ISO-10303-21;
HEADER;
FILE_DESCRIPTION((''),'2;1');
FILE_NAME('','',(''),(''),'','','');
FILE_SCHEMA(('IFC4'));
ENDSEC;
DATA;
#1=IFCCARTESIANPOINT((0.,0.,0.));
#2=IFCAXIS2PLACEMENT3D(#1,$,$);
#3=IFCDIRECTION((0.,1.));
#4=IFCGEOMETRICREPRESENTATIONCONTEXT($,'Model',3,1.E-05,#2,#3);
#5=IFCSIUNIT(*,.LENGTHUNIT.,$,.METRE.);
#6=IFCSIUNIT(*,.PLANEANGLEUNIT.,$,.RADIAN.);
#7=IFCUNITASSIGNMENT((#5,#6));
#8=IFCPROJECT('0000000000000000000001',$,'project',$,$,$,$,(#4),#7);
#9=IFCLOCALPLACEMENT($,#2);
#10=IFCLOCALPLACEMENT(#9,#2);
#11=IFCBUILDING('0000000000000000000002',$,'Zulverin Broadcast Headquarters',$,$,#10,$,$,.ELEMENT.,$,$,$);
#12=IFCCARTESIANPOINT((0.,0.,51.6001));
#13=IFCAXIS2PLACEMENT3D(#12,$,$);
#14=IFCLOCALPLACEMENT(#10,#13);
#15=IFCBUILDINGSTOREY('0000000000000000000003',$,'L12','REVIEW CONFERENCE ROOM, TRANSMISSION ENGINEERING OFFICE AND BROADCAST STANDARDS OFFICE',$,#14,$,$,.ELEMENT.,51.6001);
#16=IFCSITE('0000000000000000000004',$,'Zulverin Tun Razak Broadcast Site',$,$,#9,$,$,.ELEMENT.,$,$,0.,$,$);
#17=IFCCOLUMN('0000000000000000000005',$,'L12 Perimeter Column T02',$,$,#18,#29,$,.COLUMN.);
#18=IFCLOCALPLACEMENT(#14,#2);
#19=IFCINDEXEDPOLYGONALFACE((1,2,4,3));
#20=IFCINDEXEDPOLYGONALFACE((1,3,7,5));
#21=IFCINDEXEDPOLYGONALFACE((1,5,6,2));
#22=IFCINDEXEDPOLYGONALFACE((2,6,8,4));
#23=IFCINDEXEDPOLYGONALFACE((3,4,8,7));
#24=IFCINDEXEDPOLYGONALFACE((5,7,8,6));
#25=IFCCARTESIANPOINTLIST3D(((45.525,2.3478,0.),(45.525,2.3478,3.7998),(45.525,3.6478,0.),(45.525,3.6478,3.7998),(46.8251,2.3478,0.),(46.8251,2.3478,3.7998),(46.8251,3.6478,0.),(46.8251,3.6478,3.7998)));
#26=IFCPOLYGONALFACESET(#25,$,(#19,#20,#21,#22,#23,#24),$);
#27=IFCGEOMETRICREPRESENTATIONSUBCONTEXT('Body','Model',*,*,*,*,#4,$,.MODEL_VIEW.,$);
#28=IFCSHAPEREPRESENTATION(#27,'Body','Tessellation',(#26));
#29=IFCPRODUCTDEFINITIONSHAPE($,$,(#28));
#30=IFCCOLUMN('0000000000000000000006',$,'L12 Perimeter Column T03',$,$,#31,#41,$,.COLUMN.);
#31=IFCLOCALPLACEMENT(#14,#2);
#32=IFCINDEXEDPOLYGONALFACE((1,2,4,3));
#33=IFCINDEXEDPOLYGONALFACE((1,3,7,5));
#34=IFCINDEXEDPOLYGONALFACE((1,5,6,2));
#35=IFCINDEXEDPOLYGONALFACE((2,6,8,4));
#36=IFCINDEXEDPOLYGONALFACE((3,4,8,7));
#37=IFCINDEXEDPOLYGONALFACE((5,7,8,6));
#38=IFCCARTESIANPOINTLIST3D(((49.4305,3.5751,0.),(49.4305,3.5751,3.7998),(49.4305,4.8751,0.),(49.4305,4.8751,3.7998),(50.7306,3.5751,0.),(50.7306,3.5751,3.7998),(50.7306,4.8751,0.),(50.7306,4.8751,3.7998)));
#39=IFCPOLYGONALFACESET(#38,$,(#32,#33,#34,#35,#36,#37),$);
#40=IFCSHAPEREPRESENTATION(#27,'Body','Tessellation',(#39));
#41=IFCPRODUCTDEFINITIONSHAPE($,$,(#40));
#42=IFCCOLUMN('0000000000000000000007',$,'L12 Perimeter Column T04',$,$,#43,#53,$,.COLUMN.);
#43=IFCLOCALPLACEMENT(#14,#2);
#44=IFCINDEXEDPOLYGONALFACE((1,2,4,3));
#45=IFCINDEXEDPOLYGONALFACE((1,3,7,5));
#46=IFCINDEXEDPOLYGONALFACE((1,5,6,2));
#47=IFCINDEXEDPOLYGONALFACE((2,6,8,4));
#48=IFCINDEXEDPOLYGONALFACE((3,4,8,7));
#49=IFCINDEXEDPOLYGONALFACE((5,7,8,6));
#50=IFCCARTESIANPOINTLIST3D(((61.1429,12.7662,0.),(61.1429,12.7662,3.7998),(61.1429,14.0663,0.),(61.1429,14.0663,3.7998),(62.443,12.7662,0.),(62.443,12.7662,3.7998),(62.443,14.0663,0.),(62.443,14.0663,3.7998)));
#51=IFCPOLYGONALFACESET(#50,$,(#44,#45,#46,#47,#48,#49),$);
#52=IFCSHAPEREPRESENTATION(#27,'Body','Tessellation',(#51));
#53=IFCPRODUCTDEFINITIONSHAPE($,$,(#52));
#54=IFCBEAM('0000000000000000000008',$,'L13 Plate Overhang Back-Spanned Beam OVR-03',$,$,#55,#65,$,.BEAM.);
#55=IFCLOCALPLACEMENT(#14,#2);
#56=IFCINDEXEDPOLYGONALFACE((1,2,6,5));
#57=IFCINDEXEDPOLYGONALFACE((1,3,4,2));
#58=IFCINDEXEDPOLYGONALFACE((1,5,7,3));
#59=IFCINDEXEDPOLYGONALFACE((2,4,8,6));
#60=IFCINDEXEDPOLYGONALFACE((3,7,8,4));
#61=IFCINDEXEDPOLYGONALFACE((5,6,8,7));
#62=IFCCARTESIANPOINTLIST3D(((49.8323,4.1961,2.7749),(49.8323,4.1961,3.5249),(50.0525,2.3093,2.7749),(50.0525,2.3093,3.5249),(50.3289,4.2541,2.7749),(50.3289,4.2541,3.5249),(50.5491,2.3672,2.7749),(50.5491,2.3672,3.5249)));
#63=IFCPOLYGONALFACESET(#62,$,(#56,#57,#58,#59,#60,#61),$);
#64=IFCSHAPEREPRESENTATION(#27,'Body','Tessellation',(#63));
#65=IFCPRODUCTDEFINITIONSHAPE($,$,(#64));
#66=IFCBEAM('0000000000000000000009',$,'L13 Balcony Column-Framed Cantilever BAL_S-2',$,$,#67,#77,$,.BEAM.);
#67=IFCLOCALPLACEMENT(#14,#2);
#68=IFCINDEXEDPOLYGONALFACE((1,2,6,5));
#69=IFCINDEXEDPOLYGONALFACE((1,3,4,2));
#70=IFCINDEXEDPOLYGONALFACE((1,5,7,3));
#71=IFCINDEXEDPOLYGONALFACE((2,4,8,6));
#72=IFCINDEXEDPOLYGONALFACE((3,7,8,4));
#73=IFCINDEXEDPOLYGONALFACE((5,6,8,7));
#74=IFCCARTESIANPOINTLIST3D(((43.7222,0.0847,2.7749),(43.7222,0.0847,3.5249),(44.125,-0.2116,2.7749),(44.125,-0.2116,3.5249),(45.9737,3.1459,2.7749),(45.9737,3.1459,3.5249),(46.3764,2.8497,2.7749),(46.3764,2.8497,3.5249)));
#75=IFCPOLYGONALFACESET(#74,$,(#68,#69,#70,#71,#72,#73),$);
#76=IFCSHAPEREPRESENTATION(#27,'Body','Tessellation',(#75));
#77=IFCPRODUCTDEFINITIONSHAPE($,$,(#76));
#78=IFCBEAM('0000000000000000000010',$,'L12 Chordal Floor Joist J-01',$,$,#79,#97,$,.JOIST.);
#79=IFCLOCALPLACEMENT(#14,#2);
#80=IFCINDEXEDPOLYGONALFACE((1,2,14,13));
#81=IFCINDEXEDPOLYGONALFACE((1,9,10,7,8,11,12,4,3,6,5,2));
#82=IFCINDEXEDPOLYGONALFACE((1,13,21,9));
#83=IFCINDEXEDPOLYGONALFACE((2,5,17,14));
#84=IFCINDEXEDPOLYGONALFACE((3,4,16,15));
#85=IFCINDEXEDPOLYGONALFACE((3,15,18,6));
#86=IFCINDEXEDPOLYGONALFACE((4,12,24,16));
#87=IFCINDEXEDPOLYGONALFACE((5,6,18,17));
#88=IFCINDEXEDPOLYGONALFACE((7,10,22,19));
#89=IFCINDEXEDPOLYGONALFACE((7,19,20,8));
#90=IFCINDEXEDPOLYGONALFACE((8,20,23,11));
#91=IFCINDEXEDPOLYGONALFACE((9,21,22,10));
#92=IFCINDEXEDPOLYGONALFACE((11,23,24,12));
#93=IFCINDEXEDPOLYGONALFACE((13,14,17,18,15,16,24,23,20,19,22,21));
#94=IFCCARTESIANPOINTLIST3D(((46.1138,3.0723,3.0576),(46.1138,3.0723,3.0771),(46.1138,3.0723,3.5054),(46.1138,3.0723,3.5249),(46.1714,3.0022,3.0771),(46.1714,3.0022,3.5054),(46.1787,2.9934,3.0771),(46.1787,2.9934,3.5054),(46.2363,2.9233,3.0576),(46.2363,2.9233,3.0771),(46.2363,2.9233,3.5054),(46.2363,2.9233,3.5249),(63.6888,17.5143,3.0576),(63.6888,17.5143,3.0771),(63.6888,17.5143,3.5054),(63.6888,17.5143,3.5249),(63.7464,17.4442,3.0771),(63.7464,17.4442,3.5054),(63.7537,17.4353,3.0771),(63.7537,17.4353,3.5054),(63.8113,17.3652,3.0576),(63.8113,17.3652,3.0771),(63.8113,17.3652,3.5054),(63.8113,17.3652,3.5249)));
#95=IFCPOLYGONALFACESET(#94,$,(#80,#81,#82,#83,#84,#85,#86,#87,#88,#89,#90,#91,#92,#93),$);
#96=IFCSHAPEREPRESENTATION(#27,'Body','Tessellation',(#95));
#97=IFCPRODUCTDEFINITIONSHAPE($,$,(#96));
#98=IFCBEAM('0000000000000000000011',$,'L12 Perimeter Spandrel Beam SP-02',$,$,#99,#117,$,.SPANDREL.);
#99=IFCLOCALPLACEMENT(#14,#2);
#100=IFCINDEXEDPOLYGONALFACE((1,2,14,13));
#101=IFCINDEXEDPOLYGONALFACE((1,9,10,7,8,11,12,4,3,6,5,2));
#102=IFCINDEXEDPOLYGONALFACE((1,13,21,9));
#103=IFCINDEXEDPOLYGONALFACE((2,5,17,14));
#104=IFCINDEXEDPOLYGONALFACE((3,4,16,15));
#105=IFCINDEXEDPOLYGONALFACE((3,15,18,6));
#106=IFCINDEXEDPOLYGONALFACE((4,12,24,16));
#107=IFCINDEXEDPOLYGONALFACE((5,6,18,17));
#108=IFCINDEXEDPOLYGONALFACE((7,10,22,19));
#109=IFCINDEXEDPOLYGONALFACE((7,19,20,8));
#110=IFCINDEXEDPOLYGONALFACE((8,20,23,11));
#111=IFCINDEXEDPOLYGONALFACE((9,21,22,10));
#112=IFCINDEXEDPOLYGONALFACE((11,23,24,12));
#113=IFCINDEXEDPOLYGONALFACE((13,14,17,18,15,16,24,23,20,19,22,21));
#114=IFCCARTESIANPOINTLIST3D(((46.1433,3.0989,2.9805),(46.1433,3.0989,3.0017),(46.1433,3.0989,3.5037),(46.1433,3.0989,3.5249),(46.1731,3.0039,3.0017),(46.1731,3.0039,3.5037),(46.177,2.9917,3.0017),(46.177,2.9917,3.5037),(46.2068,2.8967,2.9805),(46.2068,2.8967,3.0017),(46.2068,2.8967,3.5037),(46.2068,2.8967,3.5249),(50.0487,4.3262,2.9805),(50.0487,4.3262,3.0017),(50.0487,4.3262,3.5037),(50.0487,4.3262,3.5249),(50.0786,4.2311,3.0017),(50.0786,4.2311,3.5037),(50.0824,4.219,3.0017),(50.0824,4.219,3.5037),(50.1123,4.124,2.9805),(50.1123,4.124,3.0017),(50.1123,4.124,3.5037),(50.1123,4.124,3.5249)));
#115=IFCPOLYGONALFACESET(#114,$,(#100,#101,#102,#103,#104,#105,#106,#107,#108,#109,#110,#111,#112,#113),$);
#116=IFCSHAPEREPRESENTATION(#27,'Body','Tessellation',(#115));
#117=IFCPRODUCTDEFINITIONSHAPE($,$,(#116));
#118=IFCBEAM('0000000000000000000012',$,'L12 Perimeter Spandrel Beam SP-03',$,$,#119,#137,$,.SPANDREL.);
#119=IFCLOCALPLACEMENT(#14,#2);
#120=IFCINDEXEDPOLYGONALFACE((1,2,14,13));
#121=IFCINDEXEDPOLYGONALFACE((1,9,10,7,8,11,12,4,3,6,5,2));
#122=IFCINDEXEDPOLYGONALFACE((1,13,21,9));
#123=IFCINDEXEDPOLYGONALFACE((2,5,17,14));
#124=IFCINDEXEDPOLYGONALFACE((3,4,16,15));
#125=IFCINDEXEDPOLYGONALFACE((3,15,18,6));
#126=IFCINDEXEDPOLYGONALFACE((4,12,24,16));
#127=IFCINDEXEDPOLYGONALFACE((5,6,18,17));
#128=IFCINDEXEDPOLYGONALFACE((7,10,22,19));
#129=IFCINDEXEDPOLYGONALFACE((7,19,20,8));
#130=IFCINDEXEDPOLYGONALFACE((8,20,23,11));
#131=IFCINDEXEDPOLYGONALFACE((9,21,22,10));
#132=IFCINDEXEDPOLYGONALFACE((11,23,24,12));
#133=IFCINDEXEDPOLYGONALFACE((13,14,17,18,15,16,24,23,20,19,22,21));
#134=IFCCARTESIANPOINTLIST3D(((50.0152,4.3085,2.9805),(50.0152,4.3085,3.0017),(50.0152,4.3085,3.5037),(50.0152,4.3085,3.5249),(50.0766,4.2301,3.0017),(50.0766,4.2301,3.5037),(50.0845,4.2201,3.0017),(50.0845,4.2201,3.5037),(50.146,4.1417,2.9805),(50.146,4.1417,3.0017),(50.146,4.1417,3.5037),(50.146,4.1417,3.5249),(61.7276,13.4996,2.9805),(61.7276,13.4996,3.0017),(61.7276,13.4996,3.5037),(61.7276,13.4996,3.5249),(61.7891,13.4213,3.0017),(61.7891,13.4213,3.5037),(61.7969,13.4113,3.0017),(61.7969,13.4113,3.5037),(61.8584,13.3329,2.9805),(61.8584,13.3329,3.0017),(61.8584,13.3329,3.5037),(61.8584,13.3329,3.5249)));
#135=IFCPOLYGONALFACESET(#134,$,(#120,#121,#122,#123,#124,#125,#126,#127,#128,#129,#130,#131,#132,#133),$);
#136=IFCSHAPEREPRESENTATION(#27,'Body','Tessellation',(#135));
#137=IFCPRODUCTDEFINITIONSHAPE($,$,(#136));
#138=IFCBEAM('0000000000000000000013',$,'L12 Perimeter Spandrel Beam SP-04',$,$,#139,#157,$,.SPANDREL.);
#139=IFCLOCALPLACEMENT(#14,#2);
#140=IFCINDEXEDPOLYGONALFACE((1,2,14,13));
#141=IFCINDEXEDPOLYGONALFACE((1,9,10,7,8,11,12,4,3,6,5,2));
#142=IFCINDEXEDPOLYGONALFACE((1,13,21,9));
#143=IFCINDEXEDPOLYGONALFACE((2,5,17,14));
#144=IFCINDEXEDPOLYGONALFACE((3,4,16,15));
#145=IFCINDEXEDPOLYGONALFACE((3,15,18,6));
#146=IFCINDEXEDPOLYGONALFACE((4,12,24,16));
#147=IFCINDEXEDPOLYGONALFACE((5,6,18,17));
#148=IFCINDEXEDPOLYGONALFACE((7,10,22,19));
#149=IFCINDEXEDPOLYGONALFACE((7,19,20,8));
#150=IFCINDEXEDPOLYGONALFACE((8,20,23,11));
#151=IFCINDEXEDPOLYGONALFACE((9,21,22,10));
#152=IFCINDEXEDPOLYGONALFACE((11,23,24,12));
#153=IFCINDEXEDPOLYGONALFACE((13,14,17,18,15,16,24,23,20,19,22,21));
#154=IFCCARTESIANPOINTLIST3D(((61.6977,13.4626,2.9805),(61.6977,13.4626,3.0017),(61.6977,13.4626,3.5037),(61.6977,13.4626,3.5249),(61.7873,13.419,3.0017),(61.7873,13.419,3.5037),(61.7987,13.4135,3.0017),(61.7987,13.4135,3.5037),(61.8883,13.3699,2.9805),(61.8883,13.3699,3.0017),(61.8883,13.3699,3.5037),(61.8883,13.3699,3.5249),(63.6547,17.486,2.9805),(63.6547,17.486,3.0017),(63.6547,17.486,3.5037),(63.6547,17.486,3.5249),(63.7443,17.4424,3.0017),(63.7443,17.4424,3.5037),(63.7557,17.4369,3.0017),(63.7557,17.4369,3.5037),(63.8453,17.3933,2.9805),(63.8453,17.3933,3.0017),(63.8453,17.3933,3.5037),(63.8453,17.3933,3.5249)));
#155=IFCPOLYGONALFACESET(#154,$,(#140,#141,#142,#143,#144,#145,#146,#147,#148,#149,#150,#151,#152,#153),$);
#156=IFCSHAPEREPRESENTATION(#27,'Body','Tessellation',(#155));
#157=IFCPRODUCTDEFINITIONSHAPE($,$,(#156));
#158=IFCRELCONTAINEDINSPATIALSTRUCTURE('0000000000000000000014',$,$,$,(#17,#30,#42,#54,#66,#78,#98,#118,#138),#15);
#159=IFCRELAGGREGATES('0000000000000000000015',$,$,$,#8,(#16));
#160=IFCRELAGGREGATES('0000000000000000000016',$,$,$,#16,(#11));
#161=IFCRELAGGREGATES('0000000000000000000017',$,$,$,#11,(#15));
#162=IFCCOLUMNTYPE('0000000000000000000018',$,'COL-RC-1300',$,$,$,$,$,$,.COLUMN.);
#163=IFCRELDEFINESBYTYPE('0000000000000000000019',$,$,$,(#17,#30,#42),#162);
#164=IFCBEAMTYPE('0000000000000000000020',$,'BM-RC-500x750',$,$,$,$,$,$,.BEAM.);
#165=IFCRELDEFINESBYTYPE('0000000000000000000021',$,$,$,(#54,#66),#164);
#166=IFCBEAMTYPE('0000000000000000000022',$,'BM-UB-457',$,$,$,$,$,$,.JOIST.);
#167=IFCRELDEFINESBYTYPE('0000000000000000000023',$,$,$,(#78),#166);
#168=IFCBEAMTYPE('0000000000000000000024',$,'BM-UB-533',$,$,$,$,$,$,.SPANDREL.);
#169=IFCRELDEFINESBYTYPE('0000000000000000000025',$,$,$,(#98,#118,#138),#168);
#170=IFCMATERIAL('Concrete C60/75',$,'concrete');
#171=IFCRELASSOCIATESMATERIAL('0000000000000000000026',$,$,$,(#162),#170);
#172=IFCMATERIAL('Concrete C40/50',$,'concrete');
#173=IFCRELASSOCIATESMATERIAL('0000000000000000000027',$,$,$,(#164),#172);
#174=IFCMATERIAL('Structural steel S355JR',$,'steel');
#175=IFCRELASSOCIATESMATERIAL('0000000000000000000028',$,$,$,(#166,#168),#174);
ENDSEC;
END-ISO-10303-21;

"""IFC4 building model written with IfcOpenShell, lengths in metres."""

from ifc_helpers import new_model, si_unit, direction, frame, origin, origin_2d, place, context, subcontext, project, spatial, rectangle, i_section, extrude, material, material_profile, profile_set, type_object, element, save


model = new_model("IFC4")

# Units and contexts
model_context = context("Model", 3, precision=1e-05, world=origin(), true_north=direction((0.0, 1.0)))
body_context = subcontext(model_context, "Body", "Model", "MODEL_VIEW")
ifc_project = project(units=[si_unit("LENGTHUNIT", "METRE"), si_unit("PLANEANGLEUNIT", "RADIAN")], contexts=[model_context])

# Site, building, storey
site_placement = place(None, origin())
site = spatial("IfcSite", under=ifc_project, at=site_placement, Name="Zulverin Tun Razak Broadcast Site", CompositionType="ELEMENT", RefElevation=0.0)
building_placement = place(site_placement, origin())
building = spatial("IfcBuilding", under=site, at=building_placement, Name="Zulverin Broadcast Headquarters", CompositionType="ELEMENT")
storey_placement = place(building_placement, frame((0.0, 0.0, 51.6001)))
storey = spatial("IfcBuildingStorey", under=building, at=storey_placement, Name="L12", Description="REVIEW CONFERENCE ROOM, TRANSMISSION ENGINEERING OFFICE AND BROADCAST STANDARDS OFFICE", CompositionType="ELEMENT", Elevation=51.6001)

# Columns
ifc_material_1 = material(Name="Concrete C60/75", Category="concrete")
ifc_material_profile_1 = material_profile(ifc_material_1, rectangle(XDim=1.3, YDim=1.3, at=origin_2d()), Name="Concrete C60/75", Category="concrete")
ifc_profile_set_1 = profile_set([ifc_material_profile_1], Name="Concrete C60/75")
column_type = type_object("IfcColumnType", Name="COL-RC-1300", PredefinedType="COLUMN", material=ifc_profile_set_1)
for number, where, z_axis, x_axis, name in (
    (1, (46.175, 2.9978, 0.0), (0.0, 0.0, 1.0), (1.0, 0.0, 0.0), "L12 Perimeter Column T02"),
    (2, (50.0806, 4.2251, 0.0), (0.0, 0.0, 1.0), (1.0, 0.0, 0.0), "L12 Perimeter Column T03"),
    (3, (61.793, 13.4163, 0.0), (0.0, 0.0, 1.0), (1.0, 0.0, 0.0), "L12 Perimeter Column T04"),
):
    element("IfcColumn", number, at=place(storey_placement, frame(where, z_axis=z_axis, x_axis=x_axis)), inside=storey, type_object=column_type, Name=name, PredefinedType="COLUMN", context=body_context, shape_type="SweptSolid", body=[
        extrude(rectangle(XDim=1.3, YDim=1.3, at=origin_2d()), origin(), (0.0, 0.0, 1.0), 3.7998),
    ])

# Beams
ifc_material_2 = material(Name="Concrete C40/50", Category="concrete")
ifc_material_profile_2 = material_profile(ifc_material_2, rectangle(XDim=0.5, YDim=0.75, at=origin_2d()), Name="Concrete C40/50", Category="concrete")
ifc_profile_set_2 = profile_set([ifc_material_profile_2], Name="Concrete C40/50")
beam_type_1 = type_object("IfcBeamType", Name="BM-RC-500x750", PredefinedType="BEAM", material=ifc_profile_set_2)
beam_1_placement = place(storey_placement, frame((50.0806, 4.2251, 3.1499), z_axis=(0.115917, -0.993259, 0.0), x_axis=(0.993259, 0.115917, 0.0)))
element("IfcBeam", 4, at=beam_1_placement, inside=storey, type_object=beam_type_1, Name="L13 Plate Overhang Back-Spanned Beam OVR-03", PredefinedType="BEAM", context=body_context, shape_type="SweptSolid", body=[
    extrude(rectangle(XDim=0.5, YDim=0.75, at=origin_2d()), origin(), (0.0, 0.0, 1.0), 1.8997),
])
beam_2_placement = place(storey_placement, frame((46.175, 2.9978, 3.1499), z_axis=(-0.59248, -0.805585, 0.0), x_axis=(0.805585, -0.59248, 0.0)))
element("IfcBeam", 5, at=beam_2_placement, inside=storey, type_object=beam_type_1, Name="L13 Balcony Column-Framed Cantilever BAL_S-2", PredefinedType="BEAM", context=body_context, shape_type="SweptSolid", body=[
    extrude(rectangle(XDim=0.5, YDim=0.75, at=origin_2d()), origin(), (0.0, 0.0, 1.0), 3.8),
])
ifc_material_3 = material(Name="Structural steel S355JR", Category="steel")
ifc_material_profile_3 = material_profile(ifc_material_3, i_section(OverallWidth=0.1929, OverallDepth=0.4673, WebThickness=0.0115, FlangeThickness=0.0195, at=origin_2d()), Name="Structural steel S355JR", Category="steel")
ifc_profile_set_3 = profile_set([ifc_material_profile_3], Name="Structural steel S355JR")
beam_type_2 = type_object("IfcBeamType", Name="BM-UB-457", PredefinedType="JOIST", material=ifc_profile_set_3)
beam_3_placement = place(storey_placement, frame((46.175, 2.9978, 3.2913), z_axis=(0.772611, 0.634879, 0.0), x_axis=(-0.634879, 0.772611, 0.0)))
element("IfcBeam", 6, at=beam_3_placement, inside=storey, type_object=beam_type_2, Name="L12 Chordal Floor Joist J-01", PredefinedType="JOIST", context=body_context, shape_type="SweptSolid", body=[
    extrude(i_section(OverallWidth=0.1929, OverallDepth=0.4673, WebThickness=0.0115, FlangeThickness=0.0195, at=origin_2d()), origin(), (0.0, 0.0, 1.0), 22.7476),
])
ifc_material_profile_4 = material_profile(ifc_material_3, i_section(OverallWidth=0.2119, OverallDepth=0.5444, WebThickness=0.0127, FlangeThickness=0.0212, at=origin_2d()), Name="Structural steel S355JR", Category="steel")
ifc_profile_set_4 = profile_set([ifc_material_profile_4], Name="Structural steel S355JR")
beam_type_3 = type_object("IfcBeamType", Name="BM-UB-533", PredefinedType="SPANDREL", material=ifc_profile_set_4)
beam_4_placement = place(storey_placement, frame((46.175, 2.9978, 3.2527), z_axis=(0.954004, 0.299792, 0.0), x_axis=(-0.299792, 0.954004, 0.0)))
element("IfcBeam", 7, at=beam_4_placement, inside=storey, type_object=beam_type_3, Name="L12 Perimeter Spandrel Beam SP-02", PredefinedType="SPANDREL", context=body_context, shape_type="SweptSolid", body=[
    extrude(i_section(OverallWidth=0.2119, OverallDepth=0.5444, WebThickness=0.0127, FlangeThickness=0.0212, at=origin_2d()), origin(), (0.0, 0.0, 1.0), 4.0938),
])
beam_5_placement = place(storey_placement, frame((50.0806, 4.2251, 3.2527), z_axis=(0.786691, 0.617346, 0.0), x_axis=(-0.617346, 0.786691, 0.0)))
element("IfcBeam", 8, at=beam_5_placement, inside=storey, type_object=beam_type_3, Name="L12 Perimeter Spandrel Beam SP-03", PredefinedType="SPANDREL", context=body_context, shape_type="SweptSolid", body=[
    extrude(i_section(OverallWidth=0.2119, OverallDepth=0.5444, WebThickness=0.0127, FlangeThickness=0.0212, at=origin_2d()), origin(), (0.0, 0.0, 1.0), 14.8882),
])
beam_6_placement = place(storey_placement, frame((61.793, 13.4163, 3.2527), z_axis=(0.437408, 0.899263, 0.0), x_axis=(-0.899263, 0.437408, 0.0)))
element("IfcBeam", 9, at=beam_6_placement, inside=storey, type_object=beam_type_3, Name="L12 Perimeter Spandrel Beam SP-04", PredefinedType="SPANDREL", context=body_context, shape_type="SweptSolid", body=[
    extrude(i_section(OverallWidth=0.2119, OverallDepth=0.5444, WebThickness=0.0127, FlangeThickness=0.0212, at=origin_2d()), origin(), (0.0, 0.0, 1.0), 4.4741),
])

save(model, "model.ifc")
